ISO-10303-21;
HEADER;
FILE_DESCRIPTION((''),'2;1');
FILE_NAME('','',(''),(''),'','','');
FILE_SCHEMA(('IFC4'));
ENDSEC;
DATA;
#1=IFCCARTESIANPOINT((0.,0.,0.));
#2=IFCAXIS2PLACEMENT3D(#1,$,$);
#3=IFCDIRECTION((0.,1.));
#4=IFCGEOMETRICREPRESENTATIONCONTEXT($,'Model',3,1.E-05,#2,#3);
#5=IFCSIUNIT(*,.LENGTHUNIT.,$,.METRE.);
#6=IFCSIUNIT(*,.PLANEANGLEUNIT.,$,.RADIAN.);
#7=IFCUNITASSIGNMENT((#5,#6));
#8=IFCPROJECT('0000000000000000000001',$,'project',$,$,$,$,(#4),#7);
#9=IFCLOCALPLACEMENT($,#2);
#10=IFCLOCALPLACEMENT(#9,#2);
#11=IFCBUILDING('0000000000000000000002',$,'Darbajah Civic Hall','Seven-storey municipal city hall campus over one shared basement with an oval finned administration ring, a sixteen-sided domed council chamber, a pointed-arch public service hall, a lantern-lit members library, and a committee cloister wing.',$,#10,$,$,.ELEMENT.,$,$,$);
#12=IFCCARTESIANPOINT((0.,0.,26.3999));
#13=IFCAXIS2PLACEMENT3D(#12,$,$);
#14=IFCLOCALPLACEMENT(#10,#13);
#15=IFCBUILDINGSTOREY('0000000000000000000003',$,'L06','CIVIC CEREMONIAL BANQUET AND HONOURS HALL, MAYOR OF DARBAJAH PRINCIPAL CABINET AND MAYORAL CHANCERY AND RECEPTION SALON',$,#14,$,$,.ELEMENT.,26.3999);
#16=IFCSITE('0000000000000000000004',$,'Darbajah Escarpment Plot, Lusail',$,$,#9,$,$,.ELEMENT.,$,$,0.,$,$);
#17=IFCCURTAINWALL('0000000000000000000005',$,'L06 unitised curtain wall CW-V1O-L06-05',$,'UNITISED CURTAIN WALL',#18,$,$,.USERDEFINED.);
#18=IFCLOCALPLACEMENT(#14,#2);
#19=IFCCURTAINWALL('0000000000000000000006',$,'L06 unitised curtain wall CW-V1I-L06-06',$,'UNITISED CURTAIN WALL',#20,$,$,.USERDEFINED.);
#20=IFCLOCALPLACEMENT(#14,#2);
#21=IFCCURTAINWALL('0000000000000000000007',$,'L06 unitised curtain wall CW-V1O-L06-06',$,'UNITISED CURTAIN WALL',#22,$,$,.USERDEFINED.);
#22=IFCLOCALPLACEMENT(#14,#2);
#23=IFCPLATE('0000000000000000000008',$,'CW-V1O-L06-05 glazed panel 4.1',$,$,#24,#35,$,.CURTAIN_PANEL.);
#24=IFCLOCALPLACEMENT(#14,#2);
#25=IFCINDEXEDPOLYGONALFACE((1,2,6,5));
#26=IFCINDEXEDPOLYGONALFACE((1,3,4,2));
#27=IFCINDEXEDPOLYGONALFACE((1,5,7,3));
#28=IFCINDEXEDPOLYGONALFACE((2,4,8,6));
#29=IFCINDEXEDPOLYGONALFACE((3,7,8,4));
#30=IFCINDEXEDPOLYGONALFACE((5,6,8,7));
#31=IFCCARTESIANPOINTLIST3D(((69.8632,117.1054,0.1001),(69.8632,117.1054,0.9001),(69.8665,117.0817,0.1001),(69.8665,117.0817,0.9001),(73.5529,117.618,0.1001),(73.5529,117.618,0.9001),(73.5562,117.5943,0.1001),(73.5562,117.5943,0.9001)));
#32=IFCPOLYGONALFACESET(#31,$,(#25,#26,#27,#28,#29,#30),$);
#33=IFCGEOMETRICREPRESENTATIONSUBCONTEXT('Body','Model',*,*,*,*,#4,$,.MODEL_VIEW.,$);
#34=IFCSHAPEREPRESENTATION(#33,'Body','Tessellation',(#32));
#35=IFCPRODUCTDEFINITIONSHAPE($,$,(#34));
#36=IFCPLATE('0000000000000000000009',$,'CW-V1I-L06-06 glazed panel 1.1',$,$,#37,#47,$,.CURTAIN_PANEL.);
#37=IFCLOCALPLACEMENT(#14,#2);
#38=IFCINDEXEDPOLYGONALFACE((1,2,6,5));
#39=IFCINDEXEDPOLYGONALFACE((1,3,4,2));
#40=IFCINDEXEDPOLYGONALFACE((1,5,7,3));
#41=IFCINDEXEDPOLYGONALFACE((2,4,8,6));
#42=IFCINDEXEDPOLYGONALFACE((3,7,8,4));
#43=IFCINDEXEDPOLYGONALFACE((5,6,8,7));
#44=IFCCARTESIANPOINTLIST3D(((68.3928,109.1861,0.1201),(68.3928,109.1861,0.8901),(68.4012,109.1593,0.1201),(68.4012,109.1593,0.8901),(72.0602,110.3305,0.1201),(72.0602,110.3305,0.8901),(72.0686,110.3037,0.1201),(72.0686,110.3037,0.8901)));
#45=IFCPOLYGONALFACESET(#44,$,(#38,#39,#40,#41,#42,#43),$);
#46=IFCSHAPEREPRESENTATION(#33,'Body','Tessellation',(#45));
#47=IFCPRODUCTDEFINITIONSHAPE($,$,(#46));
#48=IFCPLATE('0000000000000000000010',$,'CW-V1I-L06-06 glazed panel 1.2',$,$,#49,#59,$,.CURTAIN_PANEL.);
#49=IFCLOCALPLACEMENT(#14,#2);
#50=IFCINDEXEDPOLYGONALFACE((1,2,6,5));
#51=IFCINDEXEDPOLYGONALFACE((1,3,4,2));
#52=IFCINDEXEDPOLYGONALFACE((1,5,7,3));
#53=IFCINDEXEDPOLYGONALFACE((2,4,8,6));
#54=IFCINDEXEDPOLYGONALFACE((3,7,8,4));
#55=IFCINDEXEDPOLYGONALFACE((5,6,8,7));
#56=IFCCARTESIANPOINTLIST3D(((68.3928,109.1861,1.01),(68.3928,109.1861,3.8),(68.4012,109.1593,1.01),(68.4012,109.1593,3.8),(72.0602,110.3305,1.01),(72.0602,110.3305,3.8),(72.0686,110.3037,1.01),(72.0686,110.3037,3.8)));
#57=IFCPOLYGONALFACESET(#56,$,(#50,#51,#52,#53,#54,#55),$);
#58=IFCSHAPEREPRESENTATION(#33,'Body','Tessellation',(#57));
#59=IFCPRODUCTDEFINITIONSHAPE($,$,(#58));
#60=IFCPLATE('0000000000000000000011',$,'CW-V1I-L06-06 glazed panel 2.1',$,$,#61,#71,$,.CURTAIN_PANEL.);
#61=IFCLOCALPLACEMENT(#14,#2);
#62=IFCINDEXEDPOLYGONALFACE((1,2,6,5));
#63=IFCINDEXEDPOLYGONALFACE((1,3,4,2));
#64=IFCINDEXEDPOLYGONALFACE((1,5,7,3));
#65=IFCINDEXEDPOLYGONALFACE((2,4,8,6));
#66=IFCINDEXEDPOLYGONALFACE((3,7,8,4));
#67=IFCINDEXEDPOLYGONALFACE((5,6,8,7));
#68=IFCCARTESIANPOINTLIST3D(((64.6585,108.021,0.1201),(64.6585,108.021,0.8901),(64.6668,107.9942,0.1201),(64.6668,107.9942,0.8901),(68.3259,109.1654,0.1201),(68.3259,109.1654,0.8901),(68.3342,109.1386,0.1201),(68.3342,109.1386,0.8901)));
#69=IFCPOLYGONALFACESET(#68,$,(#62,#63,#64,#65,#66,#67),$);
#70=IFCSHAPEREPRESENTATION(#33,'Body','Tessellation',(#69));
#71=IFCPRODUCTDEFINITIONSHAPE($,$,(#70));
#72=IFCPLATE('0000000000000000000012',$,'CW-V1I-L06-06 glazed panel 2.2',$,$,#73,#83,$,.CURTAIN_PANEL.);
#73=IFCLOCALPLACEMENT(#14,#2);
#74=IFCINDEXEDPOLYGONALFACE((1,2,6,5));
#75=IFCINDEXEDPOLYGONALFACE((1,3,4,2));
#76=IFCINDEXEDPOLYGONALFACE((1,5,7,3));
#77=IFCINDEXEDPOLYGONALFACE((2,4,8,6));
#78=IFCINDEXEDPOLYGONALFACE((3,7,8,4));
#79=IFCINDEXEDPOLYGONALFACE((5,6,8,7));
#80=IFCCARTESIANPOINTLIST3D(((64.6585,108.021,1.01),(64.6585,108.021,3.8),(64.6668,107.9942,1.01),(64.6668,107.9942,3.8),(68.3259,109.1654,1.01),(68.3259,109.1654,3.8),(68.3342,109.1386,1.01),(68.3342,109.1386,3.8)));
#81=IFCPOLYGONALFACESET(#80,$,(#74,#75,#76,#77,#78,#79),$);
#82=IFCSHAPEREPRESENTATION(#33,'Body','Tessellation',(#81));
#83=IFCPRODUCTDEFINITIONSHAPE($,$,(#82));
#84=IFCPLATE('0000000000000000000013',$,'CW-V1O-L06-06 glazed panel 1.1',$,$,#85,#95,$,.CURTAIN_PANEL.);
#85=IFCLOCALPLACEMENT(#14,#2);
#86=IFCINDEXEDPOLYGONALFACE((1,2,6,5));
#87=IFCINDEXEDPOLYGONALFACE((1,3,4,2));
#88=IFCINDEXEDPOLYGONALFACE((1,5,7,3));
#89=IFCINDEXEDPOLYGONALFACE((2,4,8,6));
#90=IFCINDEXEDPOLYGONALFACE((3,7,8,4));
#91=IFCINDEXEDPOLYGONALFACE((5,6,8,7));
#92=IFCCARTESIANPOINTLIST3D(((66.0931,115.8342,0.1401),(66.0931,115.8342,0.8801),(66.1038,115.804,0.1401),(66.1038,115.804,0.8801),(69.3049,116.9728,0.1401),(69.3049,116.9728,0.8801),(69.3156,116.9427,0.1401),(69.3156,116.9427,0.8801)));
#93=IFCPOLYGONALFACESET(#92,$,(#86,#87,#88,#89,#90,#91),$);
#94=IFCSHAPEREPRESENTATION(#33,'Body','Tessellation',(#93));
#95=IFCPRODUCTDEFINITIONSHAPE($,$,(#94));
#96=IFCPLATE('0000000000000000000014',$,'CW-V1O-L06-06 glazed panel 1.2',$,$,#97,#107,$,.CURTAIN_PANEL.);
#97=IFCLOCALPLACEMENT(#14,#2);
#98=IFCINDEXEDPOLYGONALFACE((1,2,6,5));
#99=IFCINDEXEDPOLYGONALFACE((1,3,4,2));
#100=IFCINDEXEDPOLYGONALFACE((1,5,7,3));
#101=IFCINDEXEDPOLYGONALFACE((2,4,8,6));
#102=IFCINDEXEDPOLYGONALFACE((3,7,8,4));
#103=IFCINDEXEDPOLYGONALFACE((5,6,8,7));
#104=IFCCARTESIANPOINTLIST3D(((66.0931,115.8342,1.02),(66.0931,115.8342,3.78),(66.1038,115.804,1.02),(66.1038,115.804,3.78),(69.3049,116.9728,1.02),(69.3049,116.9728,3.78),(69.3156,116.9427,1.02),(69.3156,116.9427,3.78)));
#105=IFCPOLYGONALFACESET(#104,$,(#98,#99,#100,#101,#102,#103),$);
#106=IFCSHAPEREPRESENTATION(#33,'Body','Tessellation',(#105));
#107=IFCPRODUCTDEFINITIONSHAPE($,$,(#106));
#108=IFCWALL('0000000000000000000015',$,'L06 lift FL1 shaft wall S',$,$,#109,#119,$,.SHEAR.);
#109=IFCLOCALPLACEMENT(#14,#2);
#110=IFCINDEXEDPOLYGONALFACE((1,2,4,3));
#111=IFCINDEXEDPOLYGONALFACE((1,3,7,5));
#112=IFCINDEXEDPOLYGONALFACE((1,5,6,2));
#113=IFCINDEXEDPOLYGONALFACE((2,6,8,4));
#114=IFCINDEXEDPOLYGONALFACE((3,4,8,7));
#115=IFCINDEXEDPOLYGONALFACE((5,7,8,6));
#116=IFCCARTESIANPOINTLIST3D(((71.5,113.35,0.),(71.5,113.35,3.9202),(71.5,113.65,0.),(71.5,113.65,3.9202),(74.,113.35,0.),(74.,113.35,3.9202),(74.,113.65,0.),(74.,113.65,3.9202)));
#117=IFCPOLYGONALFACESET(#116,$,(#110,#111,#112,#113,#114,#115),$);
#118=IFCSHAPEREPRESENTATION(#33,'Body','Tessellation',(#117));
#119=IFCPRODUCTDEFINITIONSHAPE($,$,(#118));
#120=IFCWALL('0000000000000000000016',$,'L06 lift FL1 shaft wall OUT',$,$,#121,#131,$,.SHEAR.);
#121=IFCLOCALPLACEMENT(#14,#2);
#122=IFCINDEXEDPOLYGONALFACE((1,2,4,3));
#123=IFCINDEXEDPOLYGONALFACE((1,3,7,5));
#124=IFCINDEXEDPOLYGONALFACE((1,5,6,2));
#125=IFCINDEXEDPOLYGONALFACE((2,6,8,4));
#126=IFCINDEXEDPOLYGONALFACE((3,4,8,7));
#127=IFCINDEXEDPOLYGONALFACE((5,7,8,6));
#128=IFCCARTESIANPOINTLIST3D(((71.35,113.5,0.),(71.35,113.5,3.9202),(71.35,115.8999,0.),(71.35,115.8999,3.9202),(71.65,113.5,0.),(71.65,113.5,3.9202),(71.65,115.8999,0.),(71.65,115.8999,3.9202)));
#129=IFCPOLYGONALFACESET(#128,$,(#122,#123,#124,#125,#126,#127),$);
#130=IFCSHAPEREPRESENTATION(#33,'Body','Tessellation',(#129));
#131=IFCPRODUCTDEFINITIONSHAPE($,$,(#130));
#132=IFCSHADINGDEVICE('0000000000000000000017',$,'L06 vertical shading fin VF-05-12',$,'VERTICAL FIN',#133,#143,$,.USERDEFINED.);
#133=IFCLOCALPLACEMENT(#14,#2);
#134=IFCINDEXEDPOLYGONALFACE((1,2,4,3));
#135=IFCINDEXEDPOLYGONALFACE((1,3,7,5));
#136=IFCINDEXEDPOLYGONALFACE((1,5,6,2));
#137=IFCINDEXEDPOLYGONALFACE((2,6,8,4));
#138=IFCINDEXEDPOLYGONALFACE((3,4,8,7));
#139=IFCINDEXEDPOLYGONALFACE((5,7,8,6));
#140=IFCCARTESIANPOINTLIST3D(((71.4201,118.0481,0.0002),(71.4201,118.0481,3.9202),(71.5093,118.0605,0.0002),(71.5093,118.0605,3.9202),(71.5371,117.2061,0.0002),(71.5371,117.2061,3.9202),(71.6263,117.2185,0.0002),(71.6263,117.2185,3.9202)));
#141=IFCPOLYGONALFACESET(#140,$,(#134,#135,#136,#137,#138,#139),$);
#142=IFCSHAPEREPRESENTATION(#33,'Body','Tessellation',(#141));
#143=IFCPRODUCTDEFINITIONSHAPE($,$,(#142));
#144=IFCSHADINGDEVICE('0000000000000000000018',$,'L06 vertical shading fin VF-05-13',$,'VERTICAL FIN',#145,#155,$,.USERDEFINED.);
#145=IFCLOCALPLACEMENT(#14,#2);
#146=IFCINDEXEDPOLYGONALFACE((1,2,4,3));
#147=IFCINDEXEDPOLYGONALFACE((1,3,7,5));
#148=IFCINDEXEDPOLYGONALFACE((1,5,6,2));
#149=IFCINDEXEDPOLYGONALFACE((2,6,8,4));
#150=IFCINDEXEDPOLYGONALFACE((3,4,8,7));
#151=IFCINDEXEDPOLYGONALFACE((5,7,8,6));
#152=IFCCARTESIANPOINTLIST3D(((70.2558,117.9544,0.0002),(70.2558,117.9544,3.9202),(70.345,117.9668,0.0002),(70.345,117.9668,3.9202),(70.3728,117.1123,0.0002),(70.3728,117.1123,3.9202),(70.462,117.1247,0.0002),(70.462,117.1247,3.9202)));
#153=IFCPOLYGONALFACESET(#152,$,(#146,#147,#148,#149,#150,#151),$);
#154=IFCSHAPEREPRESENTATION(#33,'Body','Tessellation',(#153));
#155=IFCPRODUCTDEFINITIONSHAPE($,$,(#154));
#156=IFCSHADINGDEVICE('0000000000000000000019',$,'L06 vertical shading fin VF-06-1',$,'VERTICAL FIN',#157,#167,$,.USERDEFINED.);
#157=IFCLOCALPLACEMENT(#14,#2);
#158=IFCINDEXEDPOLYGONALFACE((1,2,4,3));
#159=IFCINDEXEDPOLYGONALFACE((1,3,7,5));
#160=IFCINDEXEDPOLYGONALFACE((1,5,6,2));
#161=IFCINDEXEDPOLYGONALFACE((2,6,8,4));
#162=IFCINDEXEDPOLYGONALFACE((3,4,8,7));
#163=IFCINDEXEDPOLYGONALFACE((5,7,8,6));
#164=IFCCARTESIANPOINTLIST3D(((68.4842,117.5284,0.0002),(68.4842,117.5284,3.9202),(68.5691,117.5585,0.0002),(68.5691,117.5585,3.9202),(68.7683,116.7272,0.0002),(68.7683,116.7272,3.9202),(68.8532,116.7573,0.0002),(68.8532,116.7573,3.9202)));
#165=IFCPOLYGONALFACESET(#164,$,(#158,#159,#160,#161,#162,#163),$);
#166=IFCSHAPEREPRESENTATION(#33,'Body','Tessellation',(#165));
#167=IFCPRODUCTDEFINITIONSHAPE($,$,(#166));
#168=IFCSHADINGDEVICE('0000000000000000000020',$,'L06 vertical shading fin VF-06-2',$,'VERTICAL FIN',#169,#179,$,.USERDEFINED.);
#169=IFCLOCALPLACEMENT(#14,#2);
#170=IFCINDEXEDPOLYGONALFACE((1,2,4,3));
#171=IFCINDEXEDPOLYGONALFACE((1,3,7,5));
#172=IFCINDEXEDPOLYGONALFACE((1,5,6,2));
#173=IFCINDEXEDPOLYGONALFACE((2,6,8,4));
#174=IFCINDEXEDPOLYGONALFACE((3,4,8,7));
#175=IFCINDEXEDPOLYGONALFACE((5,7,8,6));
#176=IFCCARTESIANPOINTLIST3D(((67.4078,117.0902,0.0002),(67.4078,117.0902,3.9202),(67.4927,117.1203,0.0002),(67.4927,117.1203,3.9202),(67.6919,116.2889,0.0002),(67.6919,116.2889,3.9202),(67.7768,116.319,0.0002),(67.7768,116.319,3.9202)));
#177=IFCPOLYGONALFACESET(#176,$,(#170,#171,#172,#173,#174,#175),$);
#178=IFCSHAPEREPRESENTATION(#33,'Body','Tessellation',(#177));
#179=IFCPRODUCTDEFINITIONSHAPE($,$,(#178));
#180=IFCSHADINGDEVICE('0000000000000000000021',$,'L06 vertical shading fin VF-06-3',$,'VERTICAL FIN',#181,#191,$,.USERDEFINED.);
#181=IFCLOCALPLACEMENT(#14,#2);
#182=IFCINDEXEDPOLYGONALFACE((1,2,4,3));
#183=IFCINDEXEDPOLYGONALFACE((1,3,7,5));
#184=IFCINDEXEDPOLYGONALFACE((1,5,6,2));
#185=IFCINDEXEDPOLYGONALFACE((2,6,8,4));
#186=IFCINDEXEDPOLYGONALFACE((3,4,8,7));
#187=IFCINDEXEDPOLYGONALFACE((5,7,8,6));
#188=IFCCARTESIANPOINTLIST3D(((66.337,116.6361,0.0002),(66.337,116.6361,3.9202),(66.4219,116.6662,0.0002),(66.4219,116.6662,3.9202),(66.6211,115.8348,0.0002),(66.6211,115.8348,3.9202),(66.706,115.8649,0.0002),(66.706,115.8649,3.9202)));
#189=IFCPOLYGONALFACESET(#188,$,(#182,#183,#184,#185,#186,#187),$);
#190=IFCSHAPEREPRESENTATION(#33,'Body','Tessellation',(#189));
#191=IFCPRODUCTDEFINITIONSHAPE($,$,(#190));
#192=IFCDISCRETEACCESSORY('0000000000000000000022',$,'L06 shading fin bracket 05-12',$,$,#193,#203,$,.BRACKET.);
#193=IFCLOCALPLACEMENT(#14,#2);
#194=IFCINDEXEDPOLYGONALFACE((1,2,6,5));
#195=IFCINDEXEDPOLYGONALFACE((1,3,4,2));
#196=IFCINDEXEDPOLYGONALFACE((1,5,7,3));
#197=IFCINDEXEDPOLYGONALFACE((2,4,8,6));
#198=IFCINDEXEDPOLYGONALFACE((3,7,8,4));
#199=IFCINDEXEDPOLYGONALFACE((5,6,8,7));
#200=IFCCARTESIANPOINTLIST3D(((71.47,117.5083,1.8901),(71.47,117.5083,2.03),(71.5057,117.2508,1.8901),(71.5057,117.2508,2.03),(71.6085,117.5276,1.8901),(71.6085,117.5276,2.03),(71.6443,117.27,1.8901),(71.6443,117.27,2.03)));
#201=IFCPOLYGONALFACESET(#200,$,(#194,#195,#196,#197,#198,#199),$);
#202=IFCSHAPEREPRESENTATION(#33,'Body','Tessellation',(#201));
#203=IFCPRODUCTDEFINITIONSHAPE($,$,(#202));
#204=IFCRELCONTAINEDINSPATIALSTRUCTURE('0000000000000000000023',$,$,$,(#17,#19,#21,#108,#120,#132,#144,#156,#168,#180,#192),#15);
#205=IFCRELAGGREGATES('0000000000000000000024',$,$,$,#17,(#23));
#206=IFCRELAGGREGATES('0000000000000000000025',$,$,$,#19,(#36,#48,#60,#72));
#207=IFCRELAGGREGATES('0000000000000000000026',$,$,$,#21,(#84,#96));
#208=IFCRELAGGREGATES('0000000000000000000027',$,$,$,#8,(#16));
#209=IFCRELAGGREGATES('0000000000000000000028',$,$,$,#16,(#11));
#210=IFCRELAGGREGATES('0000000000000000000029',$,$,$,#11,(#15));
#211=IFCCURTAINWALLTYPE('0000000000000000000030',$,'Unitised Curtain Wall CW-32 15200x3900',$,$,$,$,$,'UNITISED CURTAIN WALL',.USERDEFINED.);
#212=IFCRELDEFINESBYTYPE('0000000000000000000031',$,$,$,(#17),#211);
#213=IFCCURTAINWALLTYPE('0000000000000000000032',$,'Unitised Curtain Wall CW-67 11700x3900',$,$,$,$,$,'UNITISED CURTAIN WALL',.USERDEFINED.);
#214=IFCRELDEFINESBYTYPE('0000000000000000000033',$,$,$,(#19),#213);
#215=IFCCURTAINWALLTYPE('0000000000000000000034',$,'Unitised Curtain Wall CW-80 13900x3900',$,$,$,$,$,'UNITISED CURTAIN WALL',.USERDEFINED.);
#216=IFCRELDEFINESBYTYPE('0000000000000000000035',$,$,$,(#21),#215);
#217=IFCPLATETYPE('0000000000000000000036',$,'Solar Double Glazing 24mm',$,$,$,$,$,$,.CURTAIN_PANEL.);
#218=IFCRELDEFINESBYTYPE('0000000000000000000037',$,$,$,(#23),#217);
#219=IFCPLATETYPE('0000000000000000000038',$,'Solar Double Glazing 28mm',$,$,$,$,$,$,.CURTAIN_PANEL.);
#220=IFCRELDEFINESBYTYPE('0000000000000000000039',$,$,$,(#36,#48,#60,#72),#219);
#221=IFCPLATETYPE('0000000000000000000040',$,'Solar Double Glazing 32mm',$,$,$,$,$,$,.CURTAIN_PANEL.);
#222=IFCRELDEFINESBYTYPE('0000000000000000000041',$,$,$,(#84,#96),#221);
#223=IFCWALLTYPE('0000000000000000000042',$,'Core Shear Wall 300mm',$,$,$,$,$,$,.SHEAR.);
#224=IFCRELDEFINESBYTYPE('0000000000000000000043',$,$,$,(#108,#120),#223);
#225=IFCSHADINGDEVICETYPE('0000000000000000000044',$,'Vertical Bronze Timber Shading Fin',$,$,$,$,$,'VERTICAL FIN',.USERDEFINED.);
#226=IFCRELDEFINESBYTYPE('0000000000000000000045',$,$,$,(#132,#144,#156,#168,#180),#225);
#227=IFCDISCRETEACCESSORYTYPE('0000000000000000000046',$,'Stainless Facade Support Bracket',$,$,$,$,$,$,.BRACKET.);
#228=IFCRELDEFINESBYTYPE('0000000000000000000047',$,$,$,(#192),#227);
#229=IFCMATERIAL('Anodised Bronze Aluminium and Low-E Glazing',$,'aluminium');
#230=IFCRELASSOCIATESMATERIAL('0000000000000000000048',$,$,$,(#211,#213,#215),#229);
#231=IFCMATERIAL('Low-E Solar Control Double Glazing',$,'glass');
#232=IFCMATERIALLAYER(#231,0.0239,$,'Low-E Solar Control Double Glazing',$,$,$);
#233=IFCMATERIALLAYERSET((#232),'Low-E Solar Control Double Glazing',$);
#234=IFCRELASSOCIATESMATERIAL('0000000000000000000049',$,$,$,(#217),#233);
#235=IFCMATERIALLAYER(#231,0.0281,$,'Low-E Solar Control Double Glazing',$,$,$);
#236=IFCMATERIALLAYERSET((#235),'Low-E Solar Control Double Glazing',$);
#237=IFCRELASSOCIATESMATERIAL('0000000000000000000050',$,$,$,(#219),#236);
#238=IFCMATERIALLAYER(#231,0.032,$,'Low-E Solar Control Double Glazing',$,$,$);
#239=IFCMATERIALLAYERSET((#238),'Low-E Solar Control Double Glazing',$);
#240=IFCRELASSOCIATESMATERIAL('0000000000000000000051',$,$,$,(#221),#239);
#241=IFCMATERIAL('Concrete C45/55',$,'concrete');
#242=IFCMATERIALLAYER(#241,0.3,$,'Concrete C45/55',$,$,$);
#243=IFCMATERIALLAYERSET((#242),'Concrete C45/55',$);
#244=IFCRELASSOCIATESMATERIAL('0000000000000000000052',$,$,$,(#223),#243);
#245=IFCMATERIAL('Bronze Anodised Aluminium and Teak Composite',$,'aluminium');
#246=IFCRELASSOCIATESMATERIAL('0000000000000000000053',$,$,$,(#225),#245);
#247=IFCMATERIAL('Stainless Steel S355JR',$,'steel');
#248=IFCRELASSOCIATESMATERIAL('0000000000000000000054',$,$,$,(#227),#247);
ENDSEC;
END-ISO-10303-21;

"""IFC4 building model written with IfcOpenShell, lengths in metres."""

from ifc_helpers import new_model, si_unit, direction, frame, frame_2d, origin, origin_2d, place, context, subcontext, project, spatial, rectangle, extrude, material, layer, layer_set, type_object, element, aggregate, save


model = new_model("IFC4")

# Units and contexts
model_context = context("Model", 3, precision=1e-05, world=origin(), true_north=direction((0.0, 1.0)))
body_context = subcontext(model_context, "Body", "Model", "MODEL_VIEW")
ifc_project = project(units=[si_unit("LENGTHUNIT", "METRE"), si_unit("PLANEANGLEUNIT", "RADIAN")], contexts=[model_context])

# Site, building, storey
site_placement = place(None, origin())
site = spatial("IfcSite", under=ifc_project, at=site_placement, Name="Darbajah Escarpment Plot, Lusail", CompositionType="ELEMENT", RefElevation=0.0)
building_placement = place(site_placement, origin())
building = spatial("IfcBuilding", under=site, at=building_placement, Name="Darbajah Civic Hall", Description="Seven-storey municipal city hall campus over one shared basement with an oval finned administration ring, a sixteen-sided domed council chamber, a pointed-arch public service hall, a lantern-lit members library, and a committee cloister wing.", CompositionType="ELEMENT")
storey_placement = place(building_placement, frame((0.0, 0.0, 26.3999)))
storey = spatial("IfcBuildingStorey", under=building, at=storey_placement, Name="L06", Description="CIVIC CEREMONIAL BANQUET AND HONOURS HALL, MAYOR OF DARBAJAH PRINCIPAL CABINET AND MAYORAL CHANCERY AND RECEPTION SALON", CompositionType="ELEMENT", Elevation=26.3999)

# Shared definitions
ifc_material_1 = material(Name="Concrete C45/55", Category="concrete")

# Curtain walls
ifc_material_2 = material(Name="Anodised Bronze Aluminium and Low-E Glazing", Category="aluminium")
curtain_wall_type_1 = type_object("IfcCurtainWallType", Name="Unitised Curtain Wall CW-32 15200x3900", ElementType="UNITISED CURTAIN WALL", PredefinedType="USERDEFINED", material=ifc_material_2)
curtain_wall_1_placement = place(storey_placement, origin())
curtain_wall_1 = element("IfcCurtainWall", 1, at=curtain_wall_1_placement, inside=storey, type_object=curtain_wall_type_1, Name="L06 unitised curtain wall CW-V1O-L06-05", ObjectType="UNITISED CURTAIN WALL", PredefinedType="USERDEFINED")
curtain_wall_type_2 = type_object("IfcCurtainWallType", Name="Unitised Curtain Wall CW-67 11700x3900", ElementType="UNITISED CURTAIN WALL", PredefinedType="USERDEFINED", material=ifc_material_2)
curtain_wall_2_placement = place(storey_placement, origin())
curtain_wall_2 = element("IfcCurtainWall", 2, at=curtain_wall_2_placement, inside=storey, type_object=curtain_wall_type_2, Name="L06 unitised curtain wall CW-V1I-L06-06", ObjectType="UNITISED CURTAIN WALL", PredefinedType="USERDEFINED")

# Curtain wall
curtain_wall_type_3 = type_object("IfcCurtainWallType", Name="Unitised Curtain Wall CW-80 13900x3900", ElementType="UNITISED CURTAIN WALL", PredefinedType="USERDEFINED", material=ifc_material_2)
curtain_wall_3_placement = place(storey_placement, origin())
curtain_wall_3 = element("IfcCurtainWall", 3, at=curtain_wall_3_placement, inside=storey, type_object=curtain_wall_type_3, Name="L06 unitised curtain wall CW-V1O-L06-06", ObjectType="UNITISED CURTAIN WALL", PredefinedType="USERDEFINED")

# Plates
ifc_material_3 = material(Name="Low-E Solar Control Double Glazing", Category="glass")
ifc_layer_1 = layer(ifc_material_3, 0.0239, Name="Low-E Solar Control Double Glazing")
ifc_layer_set_1 = layer_set([ifc_layer_1], Name="Low-E Solar Control Double Glazing")
plate_type_1 = type_object("IfcPlateType", Name="Solar Double Glazing 24mm", PredefinedType="CURTAIN_PANEL", material=ifc_layer_set_1)
plate_1_placement = place(storey_placement, frame((71.7097, 117.3499, 0.1001), z_axis=(0.0, 0.0, 1.0), x_axis=(-0.990485, -0.137617, 0.0)))
plate_1 = element("IfcPlate", 4, at=plate_1_placement, type_object=plate_type_1, Name="CW-V1O-L06-05 glazed panel 4.1", PredefinedType="CURTAIN_PANEL", context=body_context, shape_type="SweptSolid", body=[
    extrude(rectangle(XDim=3.7251, YDim=0.0239, at=origin_2d()), origin(), (0.0, 0.0, 1.0), 0.8),
])
aggregate(curtain_wall_1, [plate_1])
ifc_layer_2 = layer(ifc_material_3, 0.0281, Name="Low-E Solar Control Double Glazing")
ifc_layer_set_2 = layer_set([ifc_layer_2], Name="Low-E Solar Control Double Glazing")
plate_type_2 = type_object("IfcPlateType", Name="Solar Double Glazing 28mm", PredefinedType="CURTAIN_PANEL", material=ifc_layer_set_2)
plate_2_placement = place(storey_placement, frame((70.2307, 109.7449, 0.1201), z_axis=(0.0, 0.0, 1.0), x_axis=(-0.954605, -0.297875, 0.0)))
plate_2 = element("IfcPlate", 5, at=plate_2_placement, type_object=plate_type_2, Name="CW-V1I-L06-06 glazed panel 1.1", PredefinedType="CURTAIN_PANEL", context=body_context, shape_type="SweptSolid", body=[
    extrude(rectangle(XDim=3.8418, YDim=0.0281, at=origin_2d()), origin(), (0.0, 0.0, 1.0), 0.77),
])
plate_3_placement = place(storey_placement, frame((70.2307, 109.7449, 1.01), z_axis=(0.0, 0.0, 1.0), x_axis=(-0.954605, -0.297875, 0.0)))
plate_3 = element("IfcPlate", 6, at=plate_3_placement, type_object=plate_type_2, Name="CW-V1I-L06-06 glazed panel 1.2", PredefinedType="CURTAIN_PANEL", context=body_context, shape_type="SweptSolid", body=[
    extrude(rectangle(XDim=3.8418, YDim=0.0281, at=origin_2d()), origin(), (0.0, 0.0, 1.0), 2.79),
])
plate_4_placement = place(storey_placement, frame((66.4963, 108.5798, 0.1201), z_axis=(0.0, 0.0, 1.0), x_axis=(-0.954605, -0.297875, 0.0)))
plate_4 = element("IfcPlate", 7, at=plate_4_placement, type_object=plate_type_2, Name="CW-V1I-L06-06 glazed panel 2.1", PredefinedType="CURTAIN_PANEL", context=body_context, shape_type="SweptSolid", body=[
    extrude(rectangle(XDim=3.8418, YDim=0.0281, at=origin_2d()), origin(), (0.0, 0.0, 1.0), 0.77),
])
plate_5_placement = place(storey_placement, frame((66.4963, 108.5798, 1.01), z_axis=(0.0, 0.0, 1.0), x_axis=(-0.954605, -0.297875, 0.0)))
plate_5 = element("IfcPlate", 8, at=plate_5_placement, type_object=plate_type_2, Name="CW-V1I-L06-06 glazed panel 2.2", PredefinedType="CURTAIN_PANEL", context=body_context, shape_type="SweptSolid", body=[
    extrude(rectangle(XDim=3.8418, YDim=0.0281, at=origin_2d()), origin(), (0.0, 0.0, 1.0), 2.79),
])
aggregate(curtain_wall_2, [plate_2, plate_3, plate_4, plate_5])
ifc_layer_3 = layer(ifc_material_3, 0.032, Name="Low-E Solar Control Double Glazing")
ifc_layer_set_3 = layer_set([ifc_layer_3], Name="Low-E Solar Control Double Glazing")
plate_type_3 = type_object("IfcPlateType", Name="Solar Double Glazing 32mm", PredefinedType="CURTAIN_PANEL", material=ifc_layer_set_3)
plate_6_placement = place(storey_placement, frame((67.7043, 116.3884, 0.1401), z_axis=(0.0, 0.0, 1.0), x_axis=(-0.942525, -0.334136, 0.0)))
plate_6 = element("IfcPlate", 9, at=plate_6_placement, type_object=plate_type_3, Name="CW-V1O-L06-06 glazed panel 1.1", PredefinedType="CURTAIN_PANEL", context=body_context, shape_type="SweptSolid", body=[
    extrude(rectangle(XDim=3.4077, YDim=0.032, at=origin_2d()), origin(), (0.0, 0.0, 1.0), 0.74),
])
plate_7_placement = place(storey_placement, frame((67.7043, 116.3884, 1.02), z_axis=(0.0, 0.0, 1.0), x_axis=(-0.942525, -0.334136, 0.0)))
plate_7 = element("IfcPlate", 10, at=plate_7_placement, type_object=plate_type_3, Name="CW-V1O-L06-06 glazed panel 1.2", PredefinedType="CURTAIN_PANEL", context=body_context, shape_type="SweptSolid", body=[
    extrude(rectangle(XDim=3.4077, YDim=0.032, at=origin_2d()), origin(), (0.0, 0.0, 1.0), 2.76),
])
aggregate(curtain_wall_3, [plate_6, plate_7])

# Walls
ifc_layer_4 = layer(ifc_material_1, 0.3, Name="Concrete C45/55")
ifc_layer_set_4 = layer_set([ifc_layer_4], Name="Concrete C45/55")
wall_type = type_object("IfcWallType", Name="Core Shear Wall 300mm", PredefinedType="SHEAR", material=ifc_layer_set_4)
wall_1_placement = place(storey_placement, frame((71.5, 113.5, 0.0), z_axis=(0.0, 0.0, 1.0), x_axis=(1.0, 0.0, 0.0)))
element("IfcWall", 11, at=wall_1_placement, inside=storey, type_object=wall_type, Name="L06 lift FL1 shaft wall S", PredefinedType="SHEAR", context=body_context, shape_type="SweptSolid", body=[
    extrude(rectangle(XDim=2.5, YDim=0.3, at=frame_2d((1.25, 0.0))), origin(), (0.0, 0.0, 1.0), 3.9202),
])
wall_2_placement = place(storey_placement, frame((71.5, 115.8999, 0.0), z_axis=(0.0, 0.0, 1.0), x_axis=(0.0, -1.0, 0.0)))
element("IfcWall", 12, at=wall_2_placement, inside=storey, type_object=wall_type, Name="L06 lift FL1 shaft wall OUT", PredefinedType="SHEAR", context=body_context, shape_type="SweptSolid", body=[
    extrude(rectangle(XDim=2.3999, YDim=0.3, at=frame_2d((1.2, 0.0))), origin(), (0.0, 0.0, 1.0), 3.9202),
])

# Shading devices
ifc_material_4 = material(Name="Bronze Anodised Aluminium and Teak Composite", Category="aluminium")
shading_device_type = type_object("IfcShadingDeviceType", Name="Vertical Bronze Timber Shading Fin", ElementType="VERTICAL FIN", PredefinedType="USERDEFINED", material=ifc_material_4)
for number, where, z_axis, x_axis, name in (
    (13, (71.5232, 117.6333, 0.0002), (0.0, 0.0, 1.0), (-0.137617, 0.990485, 0.0), "L06 vertical shading fin VF-05-12"),
    (14, (70.3589, 117.5396, 0.0002), (0.0, 0.0, 1.0), (-0.137617, 0.990485, 0.0), "L06 vertical shading fin VF-05-13"),
    (15, (68.6687, 117.1428, 0.0002), (0.0, 0.0, 1.0), (-0.334136, 0.942525, 0.0), "L06 vertical shading fin VF-06-1"),
    (16, (67.5923, 116.7046, 0.0002), (0.0, 0.0, 1.0), (-0.334136, 0.942525, 0.0), "L06 vertical shading fin VF-06-2"),
    (17, (66.5215, 116.2505, 0.0002), (0.0, 0.0, 1.0), (-0.334136, 0.942525, 0.0), "L06 vertical shading fin VF-06-3"),
):
    element("IfcShadingDevice", number, at=place(storey_placement, frame(where, z_axis=z_axis, x_axis=x_axis)), inside=storey, type_object=shading_device_type, Name=name, ObjectType="VERTICAL FIN", PredefinedType="USERDEFINED", context=body_context, shape_type="SweptSolid", body=[
        extrude(rectangle(XDim=0.8501, YDim=0.0901, at=origin_2d()), origin(), (0.0, 0.0, 1.0), 3.9199),
    ])

# Discrete accessory
ifc_material_5 = material(Name="Stainless Steel S355JR", Category="steel")
discrete_accessory_type = type_object("IfcDiscreteAccessoryType", Name="Stainless Facade Support Bracket", PredefinedType="BRACKET", material=ifc_material_5)
for number, where, z_axis, x_axis, name in (
    (18, (71.5571, 117.3892, 1.8901), (0.0, 0.0, 1.0), (-0.137617, 0.990485, 0.0), "L06 shading fin bracket 05-12"),
):
    element("IfcDiscreteAccessory", number, at=place(storey_placement, frame(where, z_axis=z_axis, x_axis=x_axis)), inside=storey, type_object=discrete_accessory_type, Name=name, PredefinedType="BRACKET", context=body_context, shape_type="SweptSolid", body=[
        extrude(rectangle(XDim=0.26, YDim=0.1399, at=origin_2d()), origin(), (0.0, 0.0, 1.0), 0.1399),
    ])

save(model, "model.ifc")
